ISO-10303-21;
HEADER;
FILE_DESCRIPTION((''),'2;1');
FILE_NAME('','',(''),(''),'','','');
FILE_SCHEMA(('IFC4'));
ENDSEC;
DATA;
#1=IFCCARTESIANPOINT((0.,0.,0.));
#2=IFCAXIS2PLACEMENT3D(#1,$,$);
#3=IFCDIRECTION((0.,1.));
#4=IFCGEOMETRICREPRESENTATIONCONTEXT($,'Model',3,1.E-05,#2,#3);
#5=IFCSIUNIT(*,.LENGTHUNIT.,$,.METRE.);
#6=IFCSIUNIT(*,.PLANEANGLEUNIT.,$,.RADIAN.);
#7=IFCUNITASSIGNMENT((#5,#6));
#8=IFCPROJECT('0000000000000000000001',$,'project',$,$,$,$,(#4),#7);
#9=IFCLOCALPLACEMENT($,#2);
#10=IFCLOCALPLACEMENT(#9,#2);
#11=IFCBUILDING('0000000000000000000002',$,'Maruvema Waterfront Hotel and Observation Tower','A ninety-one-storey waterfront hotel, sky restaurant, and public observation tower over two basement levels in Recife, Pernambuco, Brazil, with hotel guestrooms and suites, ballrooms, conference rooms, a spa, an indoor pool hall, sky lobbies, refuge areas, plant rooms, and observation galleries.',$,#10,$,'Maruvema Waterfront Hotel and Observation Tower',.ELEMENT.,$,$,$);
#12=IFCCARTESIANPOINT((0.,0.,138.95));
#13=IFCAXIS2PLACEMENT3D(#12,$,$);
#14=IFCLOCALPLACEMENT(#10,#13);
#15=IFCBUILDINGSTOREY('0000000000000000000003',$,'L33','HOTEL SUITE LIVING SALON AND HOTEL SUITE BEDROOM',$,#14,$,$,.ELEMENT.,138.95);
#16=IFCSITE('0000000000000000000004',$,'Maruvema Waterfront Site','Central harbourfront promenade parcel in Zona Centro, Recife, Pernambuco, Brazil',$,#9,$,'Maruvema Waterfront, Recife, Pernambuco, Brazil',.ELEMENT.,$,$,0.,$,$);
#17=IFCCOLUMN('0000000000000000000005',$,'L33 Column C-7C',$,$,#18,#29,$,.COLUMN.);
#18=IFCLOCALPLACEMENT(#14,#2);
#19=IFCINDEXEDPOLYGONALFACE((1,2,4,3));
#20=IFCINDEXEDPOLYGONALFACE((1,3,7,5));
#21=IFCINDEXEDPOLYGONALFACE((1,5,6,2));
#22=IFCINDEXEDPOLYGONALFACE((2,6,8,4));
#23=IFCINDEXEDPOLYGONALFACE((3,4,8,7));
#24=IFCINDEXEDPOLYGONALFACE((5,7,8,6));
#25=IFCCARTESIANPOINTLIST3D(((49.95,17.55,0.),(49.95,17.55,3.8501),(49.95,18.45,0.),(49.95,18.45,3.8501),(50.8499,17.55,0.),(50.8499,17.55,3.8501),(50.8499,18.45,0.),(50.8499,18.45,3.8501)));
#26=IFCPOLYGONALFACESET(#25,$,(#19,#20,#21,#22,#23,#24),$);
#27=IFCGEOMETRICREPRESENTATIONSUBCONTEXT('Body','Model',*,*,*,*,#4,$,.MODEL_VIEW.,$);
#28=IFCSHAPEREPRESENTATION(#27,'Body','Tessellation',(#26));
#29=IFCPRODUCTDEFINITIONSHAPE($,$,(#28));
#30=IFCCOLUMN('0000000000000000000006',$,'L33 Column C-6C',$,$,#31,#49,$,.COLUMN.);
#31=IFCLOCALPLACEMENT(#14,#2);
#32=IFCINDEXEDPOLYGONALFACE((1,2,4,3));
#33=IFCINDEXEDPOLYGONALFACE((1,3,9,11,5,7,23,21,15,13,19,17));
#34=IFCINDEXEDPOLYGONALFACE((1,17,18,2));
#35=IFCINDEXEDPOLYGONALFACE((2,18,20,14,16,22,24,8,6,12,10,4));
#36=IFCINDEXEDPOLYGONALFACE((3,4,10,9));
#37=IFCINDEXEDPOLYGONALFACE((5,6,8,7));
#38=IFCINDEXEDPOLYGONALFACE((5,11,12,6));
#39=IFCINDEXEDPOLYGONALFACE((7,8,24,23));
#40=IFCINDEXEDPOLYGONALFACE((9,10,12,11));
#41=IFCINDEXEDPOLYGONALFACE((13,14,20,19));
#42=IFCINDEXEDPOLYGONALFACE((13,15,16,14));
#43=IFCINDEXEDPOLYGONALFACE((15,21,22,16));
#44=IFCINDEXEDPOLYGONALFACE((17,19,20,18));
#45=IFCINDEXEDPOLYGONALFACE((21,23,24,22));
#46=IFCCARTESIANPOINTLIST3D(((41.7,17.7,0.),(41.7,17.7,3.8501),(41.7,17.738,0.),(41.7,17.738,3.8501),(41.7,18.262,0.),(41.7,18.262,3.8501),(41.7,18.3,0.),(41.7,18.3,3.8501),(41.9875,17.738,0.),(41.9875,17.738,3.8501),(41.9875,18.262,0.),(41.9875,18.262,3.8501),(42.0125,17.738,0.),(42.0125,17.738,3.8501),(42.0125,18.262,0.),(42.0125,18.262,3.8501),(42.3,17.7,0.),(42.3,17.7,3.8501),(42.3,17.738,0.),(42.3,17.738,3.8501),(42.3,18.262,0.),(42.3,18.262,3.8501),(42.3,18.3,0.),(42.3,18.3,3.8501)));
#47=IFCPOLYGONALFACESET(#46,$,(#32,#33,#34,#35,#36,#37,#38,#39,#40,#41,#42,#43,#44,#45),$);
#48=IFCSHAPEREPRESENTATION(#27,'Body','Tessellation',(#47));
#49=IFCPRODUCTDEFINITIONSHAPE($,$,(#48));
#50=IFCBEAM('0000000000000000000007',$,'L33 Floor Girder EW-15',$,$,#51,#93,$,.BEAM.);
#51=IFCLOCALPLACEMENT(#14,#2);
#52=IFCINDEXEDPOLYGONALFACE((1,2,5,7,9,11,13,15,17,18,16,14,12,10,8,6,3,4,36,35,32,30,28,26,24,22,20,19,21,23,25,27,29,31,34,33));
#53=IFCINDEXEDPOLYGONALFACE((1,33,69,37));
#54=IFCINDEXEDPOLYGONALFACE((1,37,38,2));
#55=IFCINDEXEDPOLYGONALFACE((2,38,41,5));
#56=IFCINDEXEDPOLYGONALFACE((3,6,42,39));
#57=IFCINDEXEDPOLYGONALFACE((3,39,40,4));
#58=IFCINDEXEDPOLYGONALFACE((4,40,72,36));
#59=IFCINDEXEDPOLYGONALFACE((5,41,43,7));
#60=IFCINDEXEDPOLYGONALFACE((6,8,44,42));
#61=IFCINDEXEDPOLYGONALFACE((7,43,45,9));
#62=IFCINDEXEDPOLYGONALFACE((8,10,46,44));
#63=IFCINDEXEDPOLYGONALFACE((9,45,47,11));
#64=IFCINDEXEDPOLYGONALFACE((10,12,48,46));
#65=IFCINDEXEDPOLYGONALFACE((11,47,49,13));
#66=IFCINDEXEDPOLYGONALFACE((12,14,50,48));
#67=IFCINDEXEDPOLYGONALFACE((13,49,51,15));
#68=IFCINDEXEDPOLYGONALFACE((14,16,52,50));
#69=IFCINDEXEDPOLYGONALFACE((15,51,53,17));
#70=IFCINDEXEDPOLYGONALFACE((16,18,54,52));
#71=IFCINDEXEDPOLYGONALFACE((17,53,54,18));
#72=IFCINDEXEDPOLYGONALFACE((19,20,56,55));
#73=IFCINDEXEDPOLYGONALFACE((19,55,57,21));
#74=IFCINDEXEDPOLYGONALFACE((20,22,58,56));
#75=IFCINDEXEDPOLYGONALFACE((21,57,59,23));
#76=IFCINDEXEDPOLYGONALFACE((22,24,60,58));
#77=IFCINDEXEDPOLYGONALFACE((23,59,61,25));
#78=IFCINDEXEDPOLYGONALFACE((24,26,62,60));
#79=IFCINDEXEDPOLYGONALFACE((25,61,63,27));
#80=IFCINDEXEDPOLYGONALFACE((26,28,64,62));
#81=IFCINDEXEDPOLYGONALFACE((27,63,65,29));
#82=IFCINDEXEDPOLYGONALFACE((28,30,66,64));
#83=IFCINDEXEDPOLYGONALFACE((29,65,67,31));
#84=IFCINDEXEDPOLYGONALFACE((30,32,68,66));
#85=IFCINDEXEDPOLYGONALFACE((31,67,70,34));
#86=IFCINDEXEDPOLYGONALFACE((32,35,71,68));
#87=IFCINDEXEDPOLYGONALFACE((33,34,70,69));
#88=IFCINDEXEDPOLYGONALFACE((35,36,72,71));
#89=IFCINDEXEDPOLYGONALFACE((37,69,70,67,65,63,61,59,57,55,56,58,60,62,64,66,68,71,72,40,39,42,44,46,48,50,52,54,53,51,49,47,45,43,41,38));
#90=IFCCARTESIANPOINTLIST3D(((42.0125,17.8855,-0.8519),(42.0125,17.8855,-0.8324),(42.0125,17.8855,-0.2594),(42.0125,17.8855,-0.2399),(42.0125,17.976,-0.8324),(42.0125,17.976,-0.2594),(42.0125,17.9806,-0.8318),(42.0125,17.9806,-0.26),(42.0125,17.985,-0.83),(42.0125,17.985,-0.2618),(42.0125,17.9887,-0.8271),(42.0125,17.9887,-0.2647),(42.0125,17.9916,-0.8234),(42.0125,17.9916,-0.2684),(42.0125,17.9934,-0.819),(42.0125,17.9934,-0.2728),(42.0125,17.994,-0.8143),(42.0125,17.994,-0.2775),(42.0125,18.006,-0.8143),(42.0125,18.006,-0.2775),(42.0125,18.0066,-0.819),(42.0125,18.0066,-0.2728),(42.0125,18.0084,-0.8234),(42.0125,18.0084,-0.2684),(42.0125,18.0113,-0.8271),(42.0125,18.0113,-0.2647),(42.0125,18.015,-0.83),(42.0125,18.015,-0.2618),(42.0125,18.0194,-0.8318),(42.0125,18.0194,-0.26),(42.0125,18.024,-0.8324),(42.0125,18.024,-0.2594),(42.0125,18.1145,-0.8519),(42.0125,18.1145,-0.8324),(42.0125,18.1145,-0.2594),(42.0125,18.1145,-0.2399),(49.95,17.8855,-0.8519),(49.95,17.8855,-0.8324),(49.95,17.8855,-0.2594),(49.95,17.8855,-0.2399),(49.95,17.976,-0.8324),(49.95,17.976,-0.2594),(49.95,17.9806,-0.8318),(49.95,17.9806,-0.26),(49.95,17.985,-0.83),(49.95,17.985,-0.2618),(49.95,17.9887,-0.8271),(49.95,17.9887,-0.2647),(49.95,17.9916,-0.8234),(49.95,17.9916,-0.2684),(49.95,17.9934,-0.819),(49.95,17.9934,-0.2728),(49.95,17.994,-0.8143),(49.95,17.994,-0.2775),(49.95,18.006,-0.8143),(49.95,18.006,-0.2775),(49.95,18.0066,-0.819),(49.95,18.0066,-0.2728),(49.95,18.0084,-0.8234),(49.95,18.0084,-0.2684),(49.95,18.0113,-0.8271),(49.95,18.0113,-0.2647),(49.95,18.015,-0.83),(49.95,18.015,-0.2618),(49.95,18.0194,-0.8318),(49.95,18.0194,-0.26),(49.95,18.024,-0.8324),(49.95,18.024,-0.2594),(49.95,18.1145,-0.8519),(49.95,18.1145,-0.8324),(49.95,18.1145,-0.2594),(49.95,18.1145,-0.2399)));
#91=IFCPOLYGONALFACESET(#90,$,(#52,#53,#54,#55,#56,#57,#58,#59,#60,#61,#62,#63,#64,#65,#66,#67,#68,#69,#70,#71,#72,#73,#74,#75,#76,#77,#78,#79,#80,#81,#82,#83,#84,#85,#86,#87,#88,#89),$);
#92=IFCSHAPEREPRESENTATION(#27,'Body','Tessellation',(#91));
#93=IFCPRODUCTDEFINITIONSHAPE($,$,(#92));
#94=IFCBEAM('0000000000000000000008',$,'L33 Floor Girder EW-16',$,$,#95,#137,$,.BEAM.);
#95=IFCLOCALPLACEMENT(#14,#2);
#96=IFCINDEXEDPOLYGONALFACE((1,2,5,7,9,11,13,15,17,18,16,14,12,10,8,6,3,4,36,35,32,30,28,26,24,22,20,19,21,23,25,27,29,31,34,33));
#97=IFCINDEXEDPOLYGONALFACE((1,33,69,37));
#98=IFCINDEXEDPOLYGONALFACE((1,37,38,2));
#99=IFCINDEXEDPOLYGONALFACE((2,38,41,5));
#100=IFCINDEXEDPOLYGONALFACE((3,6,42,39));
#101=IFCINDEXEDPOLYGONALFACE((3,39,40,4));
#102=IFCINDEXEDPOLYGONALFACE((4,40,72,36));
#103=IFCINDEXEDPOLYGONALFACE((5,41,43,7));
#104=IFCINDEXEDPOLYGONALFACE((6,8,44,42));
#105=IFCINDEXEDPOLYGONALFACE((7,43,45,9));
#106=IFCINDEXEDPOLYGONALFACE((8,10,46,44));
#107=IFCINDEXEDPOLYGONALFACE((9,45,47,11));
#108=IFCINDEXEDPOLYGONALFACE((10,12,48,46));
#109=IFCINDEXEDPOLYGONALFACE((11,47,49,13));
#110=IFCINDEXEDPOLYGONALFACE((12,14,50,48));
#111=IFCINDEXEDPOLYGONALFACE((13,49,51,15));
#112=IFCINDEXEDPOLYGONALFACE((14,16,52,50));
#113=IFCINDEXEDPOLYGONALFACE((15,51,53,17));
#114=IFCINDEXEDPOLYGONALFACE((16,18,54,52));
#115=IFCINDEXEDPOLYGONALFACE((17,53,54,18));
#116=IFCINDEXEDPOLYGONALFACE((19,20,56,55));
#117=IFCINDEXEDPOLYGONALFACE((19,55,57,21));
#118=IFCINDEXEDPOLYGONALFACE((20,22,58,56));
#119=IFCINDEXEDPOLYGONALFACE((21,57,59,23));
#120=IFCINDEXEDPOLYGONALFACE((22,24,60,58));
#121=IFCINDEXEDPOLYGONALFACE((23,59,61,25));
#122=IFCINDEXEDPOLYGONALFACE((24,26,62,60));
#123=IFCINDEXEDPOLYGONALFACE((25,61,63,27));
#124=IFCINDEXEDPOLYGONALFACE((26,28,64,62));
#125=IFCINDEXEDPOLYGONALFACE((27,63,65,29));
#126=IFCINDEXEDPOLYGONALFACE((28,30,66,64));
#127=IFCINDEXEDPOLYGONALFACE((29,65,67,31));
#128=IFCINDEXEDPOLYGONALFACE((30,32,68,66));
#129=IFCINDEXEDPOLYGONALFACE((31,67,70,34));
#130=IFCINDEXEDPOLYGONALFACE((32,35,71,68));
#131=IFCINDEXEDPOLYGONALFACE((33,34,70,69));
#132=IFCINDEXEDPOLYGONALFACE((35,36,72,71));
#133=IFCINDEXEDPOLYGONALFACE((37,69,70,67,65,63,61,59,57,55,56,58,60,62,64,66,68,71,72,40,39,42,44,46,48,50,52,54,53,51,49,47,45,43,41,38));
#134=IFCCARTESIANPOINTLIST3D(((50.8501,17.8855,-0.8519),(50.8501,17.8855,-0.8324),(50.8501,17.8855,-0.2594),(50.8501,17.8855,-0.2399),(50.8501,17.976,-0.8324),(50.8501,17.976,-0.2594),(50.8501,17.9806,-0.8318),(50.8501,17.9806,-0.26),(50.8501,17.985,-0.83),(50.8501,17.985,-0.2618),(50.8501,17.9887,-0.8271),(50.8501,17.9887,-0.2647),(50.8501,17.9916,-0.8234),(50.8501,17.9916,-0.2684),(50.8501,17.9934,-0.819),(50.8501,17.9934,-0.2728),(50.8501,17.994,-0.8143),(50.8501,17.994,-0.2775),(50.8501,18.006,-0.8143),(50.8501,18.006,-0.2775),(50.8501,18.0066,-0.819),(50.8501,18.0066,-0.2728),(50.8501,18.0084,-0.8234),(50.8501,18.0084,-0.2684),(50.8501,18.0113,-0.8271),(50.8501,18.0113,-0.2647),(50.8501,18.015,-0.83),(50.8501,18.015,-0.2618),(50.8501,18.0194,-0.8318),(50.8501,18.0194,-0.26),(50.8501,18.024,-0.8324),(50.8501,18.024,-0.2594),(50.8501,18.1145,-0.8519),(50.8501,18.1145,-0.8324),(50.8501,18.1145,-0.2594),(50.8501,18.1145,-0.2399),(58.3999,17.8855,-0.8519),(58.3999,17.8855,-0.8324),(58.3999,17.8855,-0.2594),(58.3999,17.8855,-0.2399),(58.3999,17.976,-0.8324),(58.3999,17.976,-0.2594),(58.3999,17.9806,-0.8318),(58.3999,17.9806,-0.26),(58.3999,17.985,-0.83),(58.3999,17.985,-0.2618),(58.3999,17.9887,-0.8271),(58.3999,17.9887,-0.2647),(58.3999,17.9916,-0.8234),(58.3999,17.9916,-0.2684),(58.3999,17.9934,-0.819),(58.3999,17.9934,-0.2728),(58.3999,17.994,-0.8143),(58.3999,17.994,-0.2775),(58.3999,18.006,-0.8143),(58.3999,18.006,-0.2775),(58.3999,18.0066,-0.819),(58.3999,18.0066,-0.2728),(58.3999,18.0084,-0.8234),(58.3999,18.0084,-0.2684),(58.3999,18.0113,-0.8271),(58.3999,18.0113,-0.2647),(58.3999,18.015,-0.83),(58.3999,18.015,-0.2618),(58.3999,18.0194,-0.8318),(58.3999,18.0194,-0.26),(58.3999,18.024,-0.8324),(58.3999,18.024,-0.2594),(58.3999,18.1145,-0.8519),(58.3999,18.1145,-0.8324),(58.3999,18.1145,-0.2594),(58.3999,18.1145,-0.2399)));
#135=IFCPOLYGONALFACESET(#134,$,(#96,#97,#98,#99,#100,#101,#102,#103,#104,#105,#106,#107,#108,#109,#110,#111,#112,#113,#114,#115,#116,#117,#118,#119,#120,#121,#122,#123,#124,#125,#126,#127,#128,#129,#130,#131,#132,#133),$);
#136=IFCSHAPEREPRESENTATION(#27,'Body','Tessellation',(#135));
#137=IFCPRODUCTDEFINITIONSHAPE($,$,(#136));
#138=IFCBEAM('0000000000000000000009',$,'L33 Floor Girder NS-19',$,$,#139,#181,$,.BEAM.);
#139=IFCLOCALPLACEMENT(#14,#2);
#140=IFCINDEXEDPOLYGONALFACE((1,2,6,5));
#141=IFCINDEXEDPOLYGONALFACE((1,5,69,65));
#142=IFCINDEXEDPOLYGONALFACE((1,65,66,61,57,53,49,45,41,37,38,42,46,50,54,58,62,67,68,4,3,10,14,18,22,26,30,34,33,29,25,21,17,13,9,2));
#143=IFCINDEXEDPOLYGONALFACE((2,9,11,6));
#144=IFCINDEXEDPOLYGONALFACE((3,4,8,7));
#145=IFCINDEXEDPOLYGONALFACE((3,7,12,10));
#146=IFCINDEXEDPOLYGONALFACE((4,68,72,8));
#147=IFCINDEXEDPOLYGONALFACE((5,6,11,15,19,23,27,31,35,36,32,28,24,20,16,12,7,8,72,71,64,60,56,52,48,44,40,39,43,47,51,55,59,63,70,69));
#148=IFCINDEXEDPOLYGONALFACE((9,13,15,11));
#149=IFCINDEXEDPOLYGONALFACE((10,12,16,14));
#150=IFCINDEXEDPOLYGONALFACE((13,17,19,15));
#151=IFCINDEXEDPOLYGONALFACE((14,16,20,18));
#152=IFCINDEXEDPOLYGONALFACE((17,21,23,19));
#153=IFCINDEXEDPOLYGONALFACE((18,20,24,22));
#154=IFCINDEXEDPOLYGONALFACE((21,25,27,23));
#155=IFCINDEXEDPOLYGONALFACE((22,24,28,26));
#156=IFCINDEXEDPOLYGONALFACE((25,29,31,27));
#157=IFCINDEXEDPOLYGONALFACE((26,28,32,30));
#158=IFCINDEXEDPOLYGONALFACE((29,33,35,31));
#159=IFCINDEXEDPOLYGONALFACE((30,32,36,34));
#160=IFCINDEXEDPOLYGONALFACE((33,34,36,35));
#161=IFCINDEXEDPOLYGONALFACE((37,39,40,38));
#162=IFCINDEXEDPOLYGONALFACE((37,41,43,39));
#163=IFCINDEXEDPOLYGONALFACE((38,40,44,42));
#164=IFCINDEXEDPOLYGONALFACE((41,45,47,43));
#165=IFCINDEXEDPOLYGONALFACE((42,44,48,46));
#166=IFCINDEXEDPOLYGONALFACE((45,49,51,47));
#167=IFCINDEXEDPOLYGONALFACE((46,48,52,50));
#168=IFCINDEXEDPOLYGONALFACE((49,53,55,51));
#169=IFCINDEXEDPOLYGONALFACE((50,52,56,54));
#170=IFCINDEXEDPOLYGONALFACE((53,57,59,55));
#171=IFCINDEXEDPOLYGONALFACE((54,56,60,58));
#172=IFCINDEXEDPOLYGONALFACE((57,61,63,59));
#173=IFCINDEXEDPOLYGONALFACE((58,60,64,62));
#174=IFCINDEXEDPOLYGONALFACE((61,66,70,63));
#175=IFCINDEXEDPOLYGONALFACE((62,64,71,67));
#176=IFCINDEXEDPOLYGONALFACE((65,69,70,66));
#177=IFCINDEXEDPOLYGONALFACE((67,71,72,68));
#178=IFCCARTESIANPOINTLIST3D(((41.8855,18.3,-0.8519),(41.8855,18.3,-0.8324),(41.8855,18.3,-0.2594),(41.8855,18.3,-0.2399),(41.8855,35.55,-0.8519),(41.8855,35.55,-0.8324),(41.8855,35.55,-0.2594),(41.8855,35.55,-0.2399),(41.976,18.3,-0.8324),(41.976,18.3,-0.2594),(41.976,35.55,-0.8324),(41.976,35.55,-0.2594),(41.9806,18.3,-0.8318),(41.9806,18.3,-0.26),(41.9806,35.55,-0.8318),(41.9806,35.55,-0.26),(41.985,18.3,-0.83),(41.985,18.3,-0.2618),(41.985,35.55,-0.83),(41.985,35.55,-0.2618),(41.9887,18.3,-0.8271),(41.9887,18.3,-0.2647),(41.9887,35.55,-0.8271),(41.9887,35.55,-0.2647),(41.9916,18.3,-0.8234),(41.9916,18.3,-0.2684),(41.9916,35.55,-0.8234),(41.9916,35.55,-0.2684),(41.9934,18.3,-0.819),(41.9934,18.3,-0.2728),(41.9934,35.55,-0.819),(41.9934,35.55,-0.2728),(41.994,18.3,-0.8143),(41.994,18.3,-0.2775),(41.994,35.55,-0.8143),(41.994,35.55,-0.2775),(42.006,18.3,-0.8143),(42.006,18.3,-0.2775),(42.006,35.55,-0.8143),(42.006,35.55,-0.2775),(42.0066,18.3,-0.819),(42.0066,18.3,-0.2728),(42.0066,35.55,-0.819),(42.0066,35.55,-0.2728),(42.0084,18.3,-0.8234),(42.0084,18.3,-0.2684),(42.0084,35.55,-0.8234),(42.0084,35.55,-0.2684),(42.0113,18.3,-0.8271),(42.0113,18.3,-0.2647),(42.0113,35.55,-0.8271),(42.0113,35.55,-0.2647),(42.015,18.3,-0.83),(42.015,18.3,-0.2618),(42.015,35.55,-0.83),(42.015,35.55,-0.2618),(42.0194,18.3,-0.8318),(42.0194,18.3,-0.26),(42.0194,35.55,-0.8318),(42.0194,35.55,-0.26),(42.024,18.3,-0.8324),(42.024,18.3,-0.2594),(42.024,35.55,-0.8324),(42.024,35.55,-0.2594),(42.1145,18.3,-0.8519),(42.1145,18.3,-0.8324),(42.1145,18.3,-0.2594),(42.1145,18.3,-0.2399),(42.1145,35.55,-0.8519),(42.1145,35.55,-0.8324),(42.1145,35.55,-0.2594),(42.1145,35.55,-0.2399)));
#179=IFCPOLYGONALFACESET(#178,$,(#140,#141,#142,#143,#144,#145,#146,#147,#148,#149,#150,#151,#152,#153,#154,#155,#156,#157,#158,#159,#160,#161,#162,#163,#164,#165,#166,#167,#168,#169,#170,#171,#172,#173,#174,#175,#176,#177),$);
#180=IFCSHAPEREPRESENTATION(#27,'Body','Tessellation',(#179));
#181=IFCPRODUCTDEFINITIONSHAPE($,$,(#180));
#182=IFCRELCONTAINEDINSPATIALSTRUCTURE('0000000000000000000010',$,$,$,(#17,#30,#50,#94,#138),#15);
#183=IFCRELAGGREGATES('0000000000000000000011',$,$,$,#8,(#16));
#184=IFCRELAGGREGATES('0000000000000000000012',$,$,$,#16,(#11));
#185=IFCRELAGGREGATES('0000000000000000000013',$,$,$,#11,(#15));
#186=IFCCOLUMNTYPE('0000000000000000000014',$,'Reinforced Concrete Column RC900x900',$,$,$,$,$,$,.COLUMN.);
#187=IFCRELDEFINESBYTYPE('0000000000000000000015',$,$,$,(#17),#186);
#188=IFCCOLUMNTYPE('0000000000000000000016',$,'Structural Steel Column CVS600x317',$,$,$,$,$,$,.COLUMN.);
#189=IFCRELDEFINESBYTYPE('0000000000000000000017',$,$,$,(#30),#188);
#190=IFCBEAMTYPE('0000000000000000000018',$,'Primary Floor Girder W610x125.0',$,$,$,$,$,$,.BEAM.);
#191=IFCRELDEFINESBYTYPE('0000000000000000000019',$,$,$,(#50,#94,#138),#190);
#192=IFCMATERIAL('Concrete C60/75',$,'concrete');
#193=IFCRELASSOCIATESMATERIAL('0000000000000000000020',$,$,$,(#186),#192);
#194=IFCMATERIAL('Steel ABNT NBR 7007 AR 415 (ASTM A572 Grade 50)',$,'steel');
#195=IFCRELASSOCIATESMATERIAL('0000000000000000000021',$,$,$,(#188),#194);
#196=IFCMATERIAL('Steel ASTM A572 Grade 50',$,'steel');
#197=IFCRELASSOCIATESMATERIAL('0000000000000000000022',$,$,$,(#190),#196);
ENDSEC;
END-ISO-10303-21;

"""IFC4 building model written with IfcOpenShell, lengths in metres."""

from ifc_helpers import new_model, si_unit, direction, frame, origin, origin_2d, place, context, subcontext, project, spatial, rectangle, i_section, extrude, material, material_profile, profile_set, type_object, element, save


model = new_model("IFC4")

# Units and contexts
model_context = context("Model", 3, precision=1e-05, world=origin(), true_north=direction((0.0, 1.0)))
body_context = subcontext(model_context, "Body", "Model", "MODEL_VIEW")
ifc_project = project(units=[si_unit("LENGTHUNIT", "METRE"), si_unit("PLANEANGLEUNIT", "RADIAN")], contexts=[model_context])

# Site, building, storey
site_placement = place(None, origin())
site = spatial("IfcSite", under=ifc_project, at=site_placement, Name="Maruvema Waterfront Site", Description="Central harbourfront promenade parcel in Zona Centro, Recife, Pernambuco, Brazil", LongName="Maruvema Waterfront, Recife, Pernambuco, Brazil", CompositionType="ELEMENT", RefElevation=0.0)
building_placement = place(site_placement, origin())
building = spatial("IfcBuilding", under=site, at=building_placement, Name="Maruvema Waterfront Hotel and Observation Tower", Description="A ninety-one-storey waterfront hotel, sky restaurant, and public observation tower over two basement levels in Recife, Pernambuco, Brazil, with hotel guestrooms and suites, ballrooms, conference rooms, a spa, an indoor pool hall, sky lobbies, refuge areas, plant rooms, and observation galleries.", LongName="Maruvema Waterfront Hotel and Observation Tower", CompositionType="ELEMENT")
storey_placement = place(building_placement, frame((0.0, 0.0, 138.95)))
storey = spatial("IfcBuildingStorey", under=building, at=storey_placement, Name="L33", Description="HOTEL SUITE LIVING SALON AND HOTEL SUITE BEDROOM", CompositionType="ELEMENT", Elevation=138.95)

# Columns
ifc_material_1 = material(Name="Concrete C60/75", Category="concrete")
ifc_material_profile_1 = material_profile(ifc_material_1, rectangle(XDim=0.8999, YDim=0.8999, at=origin_2d()), Name="RC900x900")
ifc_profile_set_1 = profile_set([ifc_material_profile_1], Name="Concrete C60/75")
column_type_1 = type_object("IfcColumnType", Name="Reinforced Concrete Column RC900x900", PredefinedType="COLUMN", material=ifc_profile_set_1)
column_1_placement = place(storey_placement, frame((50.3999, 18.0, 0.0), z_axis=(0.0, 0.0, 1.0), x_axis=(1.0, 0.0, 0.0)))
element("IfcColumn", 1, at=column_1_placement, inside=storey, type_object=column_type_1, Name="L33 Column C-7C", PredefinedType="COLUMN", context=body_context, shape_type="SweptSolid", body=[
    extrude(rectangle(XDim=0.8999, YDim=0.8999, at=origin_2d()), origin(), (0.0, 0.0, 1.0), 3.8501),
])
ifc_material_2 = material(Name="Steel ABNT NBR 7007 AR 415 (ASTM A572 Grade 50)", Category="steel")
ifc_material_profile_2 = material_profile(ifc_material_2, i_section(OverallWidth=0.6001, OverallDepth=0.6001, WebThickness=0.0249, FlangeThickness=0.0381, at=origin_2d()), Name="CVS600x317")
ifc_profile_set_2 = profile_set([ifc_material_profile_2], Name="Steel ABNT NBR 7007 AR 415 (ASTM A572 Grade 50)")
column_type_2 = type_object("IfcColumnType", Name="Structural Steel Column CVS600x317", PredefinedType="COLUMN", material=ifc_profile_set_2)
column_2_placement = place(storey_placement, frame((42.0, 18.0, 0.0), z_axis=(0.0, 0.0, 1.0), x_axis=(1.0, 0.0, 0.0)))
element("IfcColumn", 2, at=column_2_placement, inside=storey, type_object=column_type_2, Name="L33 Column C-6C", PredefinedType="COLUMN", context=body_context, shape_type="SweptSolid", body=[
    extrude(i_section(OverallWidth=0.6001, OverallDepth=0.6001, WebThickness=0.0249, FlangeThickness=0.0381, at=origin_2d()), origin(), (0.0, 0.0, 1.0), 3.8501),
])

# Beams
ifc_material_3 = material(Name="Steel ASTM A572 Grade 50", Category="steel")
ifc_material_profile_3 = material_profile(ifc_material_3, i_section(OverallWidth=0.229, OverallDepth=0.6121, WebThickness=0.012, FlangeThickness=0.0195, FilletRadius=0.0181, at=origin_2d()), Name="W610x125.0")
ifc_profile_set_3 = profile_set([ifc_material_profile_3], Name="Steel ASTM A572 Grade 50")
beam_type = type_object("IfcBeamType", Name="Primary Floor Girder W610x125.0", PredefinedType="BEAM", material=ifc_profile_set_3)
beam_1_placement = place(storey_placement, frame((42.0125, 18.0, -0.5459), z_axis=(1.0, 0.0, 0.0), x_axis=(0.0, 1.0, 0.0)))
element("IfcBeam", 3, at=beam_1_placement, inside=storey, type_object=beam_type, Name="L33 Floor Girder EW-15", PredefinedType="BEAM", context=body_context, shape_type="SweptSolid", body=[
    extrude(i_section(OverallWidth=0.229, OverallDepth=0.6121, WebThickness=0.012, FlangeThickness=0.0195, FilletRadius=0.0181, at=origin_2d()), origin(), (0.0, 0.0, 1.0), 7.9375),
])
beam_2_placement = place(storey_placement, frame((50.8501, 18.0, -0.5459), z_axis=(1.0, 0.0, 0.0), x_axis=(0.0, 1.0, 0.0)))
element("IfcBeam", 4, at=beam_2_placement, inside=storey, type_object=beam_type, Name="L33 Floor Girder EW-16", PredefinedType="BEAM", context=body_context, shape_type="SweptSolid", body=[
    extrude(i_section(OverallWidth=0.229, OverallDepth=0.6121, WebThickness=0.012, FlangeThickness=0.0195, FilletRadius=0.0181, at=origin_2d()), origin(), (0.0, 0.0, 1.0), 7.5498),
])
beam_3_placement = place(storey_placement, frame((42.0, 18.3, -0.5459), z_axis=(0.0, 1.0, 0.0), x_axis=(-1.0, 0.0, 0.0)))
element("IfcBeam", 5, at=beam_3_placement, inside=storey, type_object=beam_type, Name="L33 Floor Girder NS-19", PredefinedType="BEAM", context=body_context, shape_type="SweptSolid", body=[
    extrude(i_section(OverallWidth=0.229, OverallDepth=0.6121, WebThickness=0.012, FlangeThickness=0.0195, FilletRadius=0.0181, at=origin_2d()), origin(), (0.0, 0.0, 1.0), 17.25),
])

save(model, "model.ifc")
